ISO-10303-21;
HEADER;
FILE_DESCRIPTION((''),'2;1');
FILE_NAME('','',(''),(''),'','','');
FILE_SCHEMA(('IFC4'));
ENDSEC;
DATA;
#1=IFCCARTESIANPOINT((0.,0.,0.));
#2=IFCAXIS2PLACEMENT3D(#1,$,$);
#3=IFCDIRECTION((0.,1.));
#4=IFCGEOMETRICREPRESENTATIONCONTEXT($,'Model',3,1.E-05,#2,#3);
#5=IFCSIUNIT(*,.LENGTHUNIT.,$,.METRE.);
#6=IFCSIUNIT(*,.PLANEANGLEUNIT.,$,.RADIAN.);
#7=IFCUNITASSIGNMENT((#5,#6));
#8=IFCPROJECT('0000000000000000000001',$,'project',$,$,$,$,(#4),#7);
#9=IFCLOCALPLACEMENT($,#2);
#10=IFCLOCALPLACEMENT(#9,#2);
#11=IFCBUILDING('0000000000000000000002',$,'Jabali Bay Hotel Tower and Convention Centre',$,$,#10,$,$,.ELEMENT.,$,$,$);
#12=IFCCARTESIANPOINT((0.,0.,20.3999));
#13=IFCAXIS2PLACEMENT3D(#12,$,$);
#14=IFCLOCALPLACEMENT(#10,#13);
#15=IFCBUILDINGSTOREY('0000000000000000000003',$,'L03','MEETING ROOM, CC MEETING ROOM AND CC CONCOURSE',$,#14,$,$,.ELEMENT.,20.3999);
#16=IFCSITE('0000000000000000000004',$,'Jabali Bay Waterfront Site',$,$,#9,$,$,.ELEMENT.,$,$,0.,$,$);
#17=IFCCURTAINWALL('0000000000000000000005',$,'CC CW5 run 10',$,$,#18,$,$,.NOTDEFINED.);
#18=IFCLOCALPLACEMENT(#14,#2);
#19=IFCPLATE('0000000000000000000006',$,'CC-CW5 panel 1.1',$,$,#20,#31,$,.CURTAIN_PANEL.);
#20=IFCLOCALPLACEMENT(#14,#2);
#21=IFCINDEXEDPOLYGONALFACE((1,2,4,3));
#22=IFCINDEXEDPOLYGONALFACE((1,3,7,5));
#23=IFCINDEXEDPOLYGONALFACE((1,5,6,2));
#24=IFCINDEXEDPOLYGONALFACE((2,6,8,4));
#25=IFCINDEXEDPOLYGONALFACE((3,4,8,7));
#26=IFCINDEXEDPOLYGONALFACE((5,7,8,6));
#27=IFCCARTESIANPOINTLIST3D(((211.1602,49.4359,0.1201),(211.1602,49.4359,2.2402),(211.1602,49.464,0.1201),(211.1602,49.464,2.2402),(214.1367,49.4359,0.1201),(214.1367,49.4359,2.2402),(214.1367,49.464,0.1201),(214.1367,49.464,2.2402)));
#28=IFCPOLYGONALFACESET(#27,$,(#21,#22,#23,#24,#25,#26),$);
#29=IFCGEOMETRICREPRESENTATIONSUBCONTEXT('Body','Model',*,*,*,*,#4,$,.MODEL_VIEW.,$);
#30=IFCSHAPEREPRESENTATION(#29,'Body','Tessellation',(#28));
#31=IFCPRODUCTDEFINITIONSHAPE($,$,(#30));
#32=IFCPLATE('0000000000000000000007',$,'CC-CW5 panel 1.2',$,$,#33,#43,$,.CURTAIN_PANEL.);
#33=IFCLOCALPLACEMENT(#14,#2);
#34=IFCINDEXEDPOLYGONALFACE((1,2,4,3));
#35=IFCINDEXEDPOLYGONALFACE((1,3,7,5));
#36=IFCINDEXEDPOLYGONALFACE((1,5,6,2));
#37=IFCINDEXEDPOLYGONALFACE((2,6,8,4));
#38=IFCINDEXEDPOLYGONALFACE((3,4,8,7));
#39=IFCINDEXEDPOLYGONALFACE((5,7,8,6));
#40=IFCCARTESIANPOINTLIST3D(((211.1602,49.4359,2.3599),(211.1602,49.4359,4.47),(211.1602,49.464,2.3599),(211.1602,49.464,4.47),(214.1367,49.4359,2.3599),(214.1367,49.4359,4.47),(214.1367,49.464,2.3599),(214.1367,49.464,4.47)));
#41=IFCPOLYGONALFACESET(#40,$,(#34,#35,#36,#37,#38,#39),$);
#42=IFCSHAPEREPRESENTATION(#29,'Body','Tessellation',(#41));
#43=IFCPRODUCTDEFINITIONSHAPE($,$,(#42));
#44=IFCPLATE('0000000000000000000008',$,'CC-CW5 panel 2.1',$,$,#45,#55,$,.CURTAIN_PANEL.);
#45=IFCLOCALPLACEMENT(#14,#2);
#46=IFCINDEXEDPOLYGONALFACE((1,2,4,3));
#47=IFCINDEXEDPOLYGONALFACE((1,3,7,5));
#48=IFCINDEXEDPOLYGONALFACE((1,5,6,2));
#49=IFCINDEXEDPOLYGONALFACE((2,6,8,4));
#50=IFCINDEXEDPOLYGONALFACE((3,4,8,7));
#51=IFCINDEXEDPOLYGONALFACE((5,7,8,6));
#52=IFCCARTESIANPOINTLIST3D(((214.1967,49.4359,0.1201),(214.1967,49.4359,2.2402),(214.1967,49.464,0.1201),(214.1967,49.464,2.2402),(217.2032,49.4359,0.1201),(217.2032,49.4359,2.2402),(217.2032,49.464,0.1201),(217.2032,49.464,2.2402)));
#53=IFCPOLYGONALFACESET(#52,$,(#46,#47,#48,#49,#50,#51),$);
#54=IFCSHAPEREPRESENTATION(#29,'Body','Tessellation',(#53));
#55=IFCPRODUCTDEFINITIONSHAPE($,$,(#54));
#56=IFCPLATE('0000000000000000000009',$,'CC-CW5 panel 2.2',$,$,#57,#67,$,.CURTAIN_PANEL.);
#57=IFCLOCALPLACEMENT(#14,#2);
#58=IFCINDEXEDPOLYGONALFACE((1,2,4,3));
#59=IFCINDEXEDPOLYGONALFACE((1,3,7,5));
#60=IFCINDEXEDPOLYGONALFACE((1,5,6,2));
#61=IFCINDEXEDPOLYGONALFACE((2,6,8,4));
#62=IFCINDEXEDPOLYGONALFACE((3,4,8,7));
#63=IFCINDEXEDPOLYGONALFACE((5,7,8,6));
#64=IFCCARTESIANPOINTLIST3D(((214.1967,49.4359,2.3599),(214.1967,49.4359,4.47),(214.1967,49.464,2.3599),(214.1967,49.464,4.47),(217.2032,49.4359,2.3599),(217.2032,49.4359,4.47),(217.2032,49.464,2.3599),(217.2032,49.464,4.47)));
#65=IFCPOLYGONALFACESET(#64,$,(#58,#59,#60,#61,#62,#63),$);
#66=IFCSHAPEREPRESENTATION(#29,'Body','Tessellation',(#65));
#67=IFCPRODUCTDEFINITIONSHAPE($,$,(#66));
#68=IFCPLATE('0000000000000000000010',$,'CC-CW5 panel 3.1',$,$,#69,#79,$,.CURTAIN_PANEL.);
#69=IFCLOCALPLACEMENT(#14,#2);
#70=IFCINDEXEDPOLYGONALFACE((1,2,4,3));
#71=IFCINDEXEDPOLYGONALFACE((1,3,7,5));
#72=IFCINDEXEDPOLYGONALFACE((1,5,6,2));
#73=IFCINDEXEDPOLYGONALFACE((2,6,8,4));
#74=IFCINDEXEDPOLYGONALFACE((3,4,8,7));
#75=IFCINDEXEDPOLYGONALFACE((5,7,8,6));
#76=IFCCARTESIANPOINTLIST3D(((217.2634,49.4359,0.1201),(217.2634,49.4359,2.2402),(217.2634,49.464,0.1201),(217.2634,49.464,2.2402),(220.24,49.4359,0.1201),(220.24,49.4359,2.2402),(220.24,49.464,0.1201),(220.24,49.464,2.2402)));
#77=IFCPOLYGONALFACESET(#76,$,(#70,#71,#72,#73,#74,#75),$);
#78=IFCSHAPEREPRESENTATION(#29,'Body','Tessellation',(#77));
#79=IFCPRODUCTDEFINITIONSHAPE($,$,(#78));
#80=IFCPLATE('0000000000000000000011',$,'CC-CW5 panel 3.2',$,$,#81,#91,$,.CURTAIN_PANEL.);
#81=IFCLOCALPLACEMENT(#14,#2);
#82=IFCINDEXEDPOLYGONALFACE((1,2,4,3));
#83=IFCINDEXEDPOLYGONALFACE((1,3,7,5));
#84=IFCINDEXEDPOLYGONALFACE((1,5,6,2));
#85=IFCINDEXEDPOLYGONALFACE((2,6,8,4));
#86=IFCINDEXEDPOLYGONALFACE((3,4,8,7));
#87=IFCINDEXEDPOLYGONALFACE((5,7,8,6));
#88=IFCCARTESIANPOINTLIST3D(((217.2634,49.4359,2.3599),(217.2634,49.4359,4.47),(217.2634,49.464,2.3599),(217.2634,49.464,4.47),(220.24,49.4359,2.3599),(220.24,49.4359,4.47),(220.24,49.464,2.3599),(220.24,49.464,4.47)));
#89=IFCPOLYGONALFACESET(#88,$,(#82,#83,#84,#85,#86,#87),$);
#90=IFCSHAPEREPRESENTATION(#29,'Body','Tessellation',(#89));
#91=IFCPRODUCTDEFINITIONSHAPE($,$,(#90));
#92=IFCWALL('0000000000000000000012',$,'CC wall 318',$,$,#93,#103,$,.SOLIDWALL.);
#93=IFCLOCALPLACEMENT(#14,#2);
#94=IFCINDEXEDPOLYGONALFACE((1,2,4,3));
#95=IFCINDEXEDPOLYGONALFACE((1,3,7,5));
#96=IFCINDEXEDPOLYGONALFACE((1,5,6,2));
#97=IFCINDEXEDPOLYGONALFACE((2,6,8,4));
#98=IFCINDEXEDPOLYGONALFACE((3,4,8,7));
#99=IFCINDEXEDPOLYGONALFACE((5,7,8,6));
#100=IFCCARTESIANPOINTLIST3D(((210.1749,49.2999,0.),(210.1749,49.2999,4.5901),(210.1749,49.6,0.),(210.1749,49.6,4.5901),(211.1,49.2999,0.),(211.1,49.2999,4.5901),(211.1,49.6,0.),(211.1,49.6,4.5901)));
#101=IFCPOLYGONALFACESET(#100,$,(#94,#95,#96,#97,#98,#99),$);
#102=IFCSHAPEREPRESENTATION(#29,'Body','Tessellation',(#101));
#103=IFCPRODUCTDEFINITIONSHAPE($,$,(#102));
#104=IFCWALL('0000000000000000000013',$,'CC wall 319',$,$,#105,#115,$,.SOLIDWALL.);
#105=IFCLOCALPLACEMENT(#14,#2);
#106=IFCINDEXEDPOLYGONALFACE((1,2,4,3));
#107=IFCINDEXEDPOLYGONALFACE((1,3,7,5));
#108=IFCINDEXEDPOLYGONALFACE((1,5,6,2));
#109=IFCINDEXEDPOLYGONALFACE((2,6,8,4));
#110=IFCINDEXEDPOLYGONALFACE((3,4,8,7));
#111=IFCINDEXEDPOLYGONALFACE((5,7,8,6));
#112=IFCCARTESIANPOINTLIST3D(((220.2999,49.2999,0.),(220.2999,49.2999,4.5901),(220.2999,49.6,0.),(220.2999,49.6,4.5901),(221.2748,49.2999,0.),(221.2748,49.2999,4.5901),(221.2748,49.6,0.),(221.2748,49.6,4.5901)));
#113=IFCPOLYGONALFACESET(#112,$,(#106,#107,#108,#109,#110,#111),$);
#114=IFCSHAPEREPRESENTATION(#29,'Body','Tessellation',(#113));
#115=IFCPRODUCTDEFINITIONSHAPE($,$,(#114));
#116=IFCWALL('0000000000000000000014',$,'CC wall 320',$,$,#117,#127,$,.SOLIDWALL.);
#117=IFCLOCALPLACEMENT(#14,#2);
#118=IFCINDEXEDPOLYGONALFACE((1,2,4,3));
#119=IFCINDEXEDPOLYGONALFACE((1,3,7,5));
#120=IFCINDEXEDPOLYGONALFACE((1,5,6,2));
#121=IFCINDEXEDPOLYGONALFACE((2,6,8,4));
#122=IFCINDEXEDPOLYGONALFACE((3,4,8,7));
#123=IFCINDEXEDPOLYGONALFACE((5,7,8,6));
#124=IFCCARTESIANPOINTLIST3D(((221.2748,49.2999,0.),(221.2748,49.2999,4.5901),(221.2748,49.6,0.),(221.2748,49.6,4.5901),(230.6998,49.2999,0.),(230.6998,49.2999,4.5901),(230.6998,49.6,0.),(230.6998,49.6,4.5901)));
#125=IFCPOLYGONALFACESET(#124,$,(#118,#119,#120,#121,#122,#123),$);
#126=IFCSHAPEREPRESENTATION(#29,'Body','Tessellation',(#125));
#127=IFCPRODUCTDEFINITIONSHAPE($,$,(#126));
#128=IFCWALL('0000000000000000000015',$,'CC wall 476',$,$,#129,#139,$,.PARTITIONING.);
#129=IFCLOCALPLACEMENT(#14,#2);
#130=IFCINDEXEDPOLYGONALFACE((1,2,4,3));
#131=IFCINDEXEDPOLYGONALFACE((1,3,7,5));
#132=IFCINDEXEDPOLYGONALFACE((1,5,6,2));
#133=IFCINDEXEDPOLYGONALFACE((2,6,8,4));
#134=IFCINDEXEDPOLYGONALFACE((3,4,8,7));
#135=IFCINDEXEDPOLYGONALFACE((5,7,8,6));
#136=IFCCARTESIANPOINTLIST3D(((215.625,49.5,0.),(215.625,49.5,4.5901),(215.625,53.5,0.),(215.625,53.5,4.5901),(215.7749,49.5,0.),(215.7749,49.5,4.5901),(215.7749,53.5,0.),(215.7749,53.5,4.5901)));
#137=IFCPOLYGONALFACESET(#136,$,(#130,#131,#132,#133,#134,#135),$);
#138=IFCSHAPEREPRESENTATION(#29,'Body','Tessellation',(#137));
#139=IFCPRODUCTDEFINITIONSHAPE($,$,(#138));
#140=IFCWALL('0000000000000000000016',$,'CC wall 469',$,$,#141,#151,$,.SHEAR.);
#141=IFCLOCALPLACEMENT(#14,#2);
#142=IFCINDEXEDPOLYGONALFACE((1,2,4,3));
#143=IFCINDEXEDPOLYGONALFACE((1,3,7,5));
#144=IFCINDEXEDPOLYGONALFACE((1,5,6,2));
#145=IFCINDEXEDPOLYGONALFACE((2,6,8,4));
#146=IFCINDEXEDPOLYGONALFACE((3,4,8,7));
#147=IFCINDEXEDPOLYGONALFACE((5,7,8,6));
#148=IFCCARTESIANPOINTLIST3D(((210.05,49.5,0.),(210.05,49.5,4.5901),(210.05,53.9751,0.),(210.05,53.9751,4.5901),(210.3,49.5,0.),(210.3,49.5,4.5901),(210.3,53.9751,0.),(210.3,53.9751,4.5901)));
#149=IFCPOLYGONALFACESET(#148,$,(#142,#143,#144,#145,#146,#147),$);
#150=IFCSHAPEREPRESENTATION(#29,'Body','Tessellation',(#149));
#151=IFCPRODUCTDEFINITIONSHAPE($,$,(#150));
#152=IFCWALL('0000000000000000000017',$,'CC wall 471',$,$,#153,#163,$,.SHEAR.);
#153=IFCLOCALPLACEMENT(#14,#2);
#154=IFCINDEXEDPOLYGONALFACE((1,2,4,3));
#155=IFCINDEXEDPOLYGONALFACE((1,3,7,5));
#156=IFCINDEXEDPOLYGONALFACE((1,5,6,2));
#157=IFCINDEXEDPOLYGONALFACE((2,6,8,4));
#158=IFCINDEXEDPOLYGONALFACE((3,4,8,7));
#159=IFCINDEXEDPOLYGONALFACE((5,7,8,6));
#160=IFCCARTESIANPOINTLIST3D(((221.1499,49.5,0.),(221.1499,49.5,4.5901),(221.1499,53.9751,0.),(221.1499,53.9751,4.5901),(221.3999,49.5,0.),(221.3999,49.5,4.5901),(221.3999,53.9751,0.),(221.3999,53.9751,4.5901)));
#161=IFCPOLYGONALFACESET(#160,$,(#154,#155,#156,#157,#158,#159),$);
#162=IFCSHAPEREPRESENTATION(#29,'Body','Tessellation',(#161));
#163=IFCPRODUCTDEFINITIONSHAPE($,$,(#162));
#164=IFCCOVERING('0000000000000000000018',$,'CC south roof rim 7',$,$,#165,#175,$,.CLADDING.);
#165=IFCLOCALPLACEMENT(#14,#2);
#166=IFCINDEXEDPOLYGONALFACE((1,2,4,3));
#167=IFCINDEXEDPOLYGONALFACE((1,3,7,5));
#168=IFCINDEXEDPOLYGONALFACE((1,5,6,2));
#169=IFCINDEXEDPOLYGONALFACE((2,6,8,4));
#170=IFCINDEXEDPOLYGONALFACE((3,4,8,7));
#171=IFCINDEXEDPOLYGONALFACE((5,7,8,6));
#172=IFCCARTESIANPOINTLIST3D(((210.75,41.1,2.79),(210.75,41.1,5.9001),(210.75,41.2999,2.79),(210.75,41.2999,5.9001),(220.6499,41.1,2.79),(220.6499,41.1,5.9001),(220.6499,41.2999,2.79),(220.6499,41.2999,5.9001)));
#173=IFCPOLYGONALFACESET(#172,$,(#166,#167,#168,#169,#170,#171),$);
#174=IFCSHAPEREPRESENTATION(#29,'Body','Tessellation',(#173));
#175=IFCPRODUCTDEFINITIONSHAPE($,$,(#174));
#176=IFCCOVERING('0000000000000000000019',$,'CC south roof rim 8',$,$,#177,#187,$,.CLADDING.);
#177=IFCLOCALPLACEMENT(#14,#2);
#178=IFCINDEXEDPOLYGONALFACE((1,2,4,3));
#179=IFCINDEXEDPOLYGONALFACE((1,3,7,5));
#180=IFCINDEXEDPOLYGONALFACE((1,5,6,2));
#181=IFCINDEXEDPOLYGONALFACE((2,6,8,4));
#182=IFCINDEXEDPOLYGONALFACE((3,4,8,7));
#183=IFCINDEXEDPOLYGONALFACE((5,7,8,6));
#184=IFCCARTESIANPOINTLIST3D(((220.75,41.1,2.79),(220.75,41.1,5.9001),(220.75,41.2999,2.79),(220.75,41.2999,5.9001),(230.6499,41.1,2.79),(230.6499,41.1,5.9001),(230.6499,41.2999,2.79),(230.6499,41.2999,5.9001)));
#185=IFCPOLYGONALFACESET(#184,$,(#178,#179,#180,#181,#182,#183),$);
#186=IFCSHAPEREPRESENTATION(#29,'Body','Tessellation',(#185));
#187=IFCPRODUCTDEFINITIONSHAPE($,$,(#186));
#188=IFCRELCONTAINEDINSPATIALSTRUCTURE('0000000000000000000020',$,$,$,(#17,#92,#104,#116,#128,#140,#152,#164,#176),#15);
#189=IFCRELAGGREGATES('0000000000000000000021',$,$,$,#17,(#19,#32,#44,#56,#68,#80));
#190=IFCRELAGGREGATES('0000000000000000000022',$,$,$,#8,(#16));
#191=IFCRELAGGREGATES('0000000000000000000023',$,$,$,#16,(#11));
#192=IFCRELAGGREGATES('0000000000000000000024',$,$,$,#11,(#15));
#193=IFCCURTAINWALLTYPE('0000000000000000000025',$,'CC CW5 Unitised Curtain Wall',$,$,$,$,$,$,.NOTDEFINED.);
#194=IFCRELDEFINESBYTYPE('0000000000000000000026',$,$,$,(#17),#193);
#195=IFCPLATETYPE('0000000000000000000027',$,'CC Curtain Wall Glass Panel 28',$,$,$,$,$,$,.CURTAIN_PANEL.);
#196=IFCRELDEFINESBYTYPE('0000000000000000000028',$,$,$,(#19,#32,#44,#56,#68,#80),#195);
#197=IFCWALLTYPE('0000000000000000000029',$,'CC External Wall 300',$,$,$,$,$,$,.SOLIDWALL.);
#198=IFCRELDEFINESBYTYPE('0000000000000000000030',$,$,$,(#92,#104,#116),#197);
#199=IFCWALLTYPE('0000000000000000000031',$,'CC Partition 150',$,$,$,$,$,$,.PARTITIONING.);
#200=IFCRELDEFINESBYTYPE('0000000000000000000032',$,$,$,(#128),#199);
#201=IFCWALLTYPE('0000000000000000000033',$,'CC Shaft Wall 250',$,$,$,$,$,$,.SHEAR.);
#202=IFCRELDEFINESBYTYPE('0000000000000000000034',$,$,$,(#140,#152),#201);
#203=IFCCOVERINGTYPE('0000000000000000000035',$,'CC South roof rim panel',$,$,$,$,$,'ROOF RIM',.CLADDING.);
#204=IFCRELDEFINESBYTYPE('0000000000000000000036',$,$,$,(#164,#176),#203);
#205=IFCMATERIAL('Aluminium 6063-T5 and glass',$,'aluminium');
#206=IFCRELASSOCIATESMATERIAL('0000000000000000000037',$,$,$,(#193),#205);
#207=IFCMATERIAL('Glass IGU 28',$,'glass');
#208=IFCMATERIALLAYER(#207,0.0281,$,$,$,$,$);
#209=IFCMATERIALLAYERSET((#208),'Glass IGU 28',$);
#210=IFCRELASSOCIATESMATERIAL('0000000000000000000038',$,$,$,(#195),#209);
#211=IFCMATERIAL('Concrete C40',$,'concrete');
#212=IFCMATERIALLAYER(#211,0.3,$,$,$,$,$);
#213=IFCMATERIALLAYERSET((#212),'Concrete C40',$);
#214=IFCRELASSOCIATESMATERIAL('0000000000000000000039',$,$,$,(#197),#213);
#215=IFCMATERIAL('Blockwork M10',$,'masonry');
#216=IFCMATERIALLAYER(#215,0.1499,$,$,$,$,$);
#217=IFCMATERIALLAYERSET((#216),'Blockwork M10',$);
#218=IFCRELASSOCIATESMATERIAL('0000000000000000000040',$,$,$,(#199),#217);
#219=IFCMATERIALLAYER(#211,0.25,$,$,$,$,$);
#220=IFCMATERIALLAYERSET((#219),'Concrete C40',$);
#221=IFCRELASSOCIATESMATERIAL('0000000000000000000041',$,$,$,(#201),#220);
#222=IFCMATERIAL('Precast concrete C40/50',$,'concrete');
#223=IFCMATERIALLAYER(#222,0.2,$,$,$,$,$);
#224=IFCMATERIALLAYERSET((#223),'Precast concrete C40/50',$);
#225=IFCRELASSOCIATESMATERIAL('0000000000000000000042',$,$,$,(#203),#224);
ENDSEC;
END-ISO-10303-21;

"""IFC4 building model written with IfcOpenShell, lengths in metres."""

from ifc_helpers import new_model, si_unit, direction, frame, frame_2d, origin, origin_2d, place, context, subcontext, project, spatial, rectangle, extrude, material, layer, layer_set, type_object, element, aggregate, save


model = new_model("IFC4")

# Units and contexts
model_context = context("Model", 3, precision=1e-05, world=origin(), true_north=direction((0.0, 1.0)))
body_context = subcontext(model_context, "Body", "Model", "MODEL_VIEW")
ifc_project = project(units=[si_unit("LENGTHUNIT", "METRE"), si_unit("PLANEANGLEUNIT", "RADIAN")], contexts=[model_context])

# Site, building, storey
site_placement = place(None, origin())
site = spatial("IfcSite", under=ifc_project, at=site_placement, Name="Jabali Bay Waterfront Site", CompositionType="ELEMENT", RefElevation=0.0)
building_placement = place(site_placement, origin())
building = spatial("IfcBuilding", under=site, at=building_placement, Name="Jabali Bay Hotel Tower and Convention Centre", CompositionType="ELEMENT")
storey_placement = place(building_placement, frame((0.0, 0.0, 20.3999)))
storey = spatial("IfcBuildingStorey", under=building, at=storey_placement, Name="L03", Description="MEETING ROOM, CC MEETING ROOM AND CC CONCOURSE", CompositionType="ELEMENT", Elevation=20.3999)

# Curtain wall, plates
ifc_material_1 = material(Name="Aluminium 6063-T5 and glass", Category="aluminium")
curtain_wall_type = type_object("IfcCurtainWallType", Name="CC CW5 Unitised Curtain Wall", PredefinedType="NOTDEFINED", material=ifc_material_1)
curtain_wall_placement = place(storey_placement, origin())
curtain_wall = element("IfcCurtainWall", 1, at=curtain_wall_placement, inside=storey, type_object=curtain_wall_type, Name="CC CW5 run 10", PredefinedType="NOTDEFINED")
ifc_material_2 = material(Name="Glass IGU 28", Category="glass")
ifc_layer_1 = layer(ifc_material_2, 0.0281)
ifc_layer_set_1 = layer_set([ifc_layer_1], Name="Glass IGU 28")
plate_type = type_object("IfcPlateType", Name="CC Curtain Wall Glass Panel 28", PredefinedType="CURTAIN_PANEL", material=ifc_layer_set_1)
plate_1_placement = place(storey_placement, frame((212.6484, 49.45, 0.1201), z_axis=(0.0, 0.0, 1.0), x_axis=(1.0, 0.0, 0.0)))
plate_1 = element("IfcPlate", 2, at=plate_1_placement, type_object=plate_type, Name="CC-CW5 panel 1.1", PredefinedType="CURTAIN_PANEL", context=body_context, shape_type="SweptSolid", body=[
    extrude(rectangle(XDim=2.9766, YDim=0.0281, at=origin_2d()), origin(), (0.0, 0.0, 1.0), 2.1201),
])
plate_2_placement = place(storey_placement, frame((212.6484, 49.45, 2.3599), z_axis=(0.0, 0.0, 1.0), x_axis=(1.0, 0.0, 0.0)))
plate_2 = element("IfcPlate", 3, at=plate_2_placement, type_object=plate_type, Name="CC-CW5 panel 1.2", PredefinedType="CURTAIN_PANEL", context=body_context, shape_type="SweptSolid", body=[
    extrude(rectangle(XDim=2.9766, YDim=0.0281, at=origin_2d()), origin(), (0.0, 0.0, 1.0), 2.1101),
])
plate_3_placement = place(storey_placement, frame((215.7, 49.45, 0.1201), z_axis=(0.0, 0.0, 1.0), x_axis=(1.0, 0.0, 0.0)))
plate_3 = element("IfcPlate", 4, at=plate_3_placement, type_object=plate_type, Name="CC-CW5 panel 2.1", PredefinedType="CURTAIN_PANEL", context=body_context, shape_type="SweptSolid", body=[
    extrude(rectangle(XDim=3.0066, YDim=0.0281, at=origin_2d()), origin(), (0.0, 0.0, 1.0), 2.1201),
])
plate_4_placement = place(storey_placement, frame((215.7, 49.45, 2.3599), z_axis=(0.0, 0.0, 1.0), x_axis=(1.0, 0.0, 0.0)))
plate_4 = element("IfcPlate", 5, at=plate_4_placement, type_object=plate_type, Name="CC-CW5 panel 2.2", PredefinedType="CURTAIN_PANEL", context=body_context, shape_type="SweptSolid", body=[
    extrude(rectangle(XDim=3.0066, YDim=0.0281, at=origin_2d()), origin(), (0.0, 0.0, 1.0), 2.1101),
])
plate_5_placement = place(storey_placement, frame((218.7517, 49.45, 0.1201), z_axis=(0.0, 0.0, 1.0), x_axis=(1.0, 0.0, 0.0)))
plate_5 = element("IfcPlate", 6, at=plate_5_placement, type_object=plate_type, Name="CC-CW5 panel 3.1", PredefinedType="CURTAIN_PANEL", context=body_context, shape_type="SweptSolid", body=[
    extrude(rectangle(XDim=2.9766, YDim=0.0281, at=origin_2d()), origin(), (0.0, 0.0, 1.0), 2.1201),
])
plate_6_placement = place(storey_placement, frame((218.7517, 49.45, 2.3599), z_axis=(0.0, 0.0, 1.0), x_axis=(1.0, 0.0, 0.0)))
plate_6 = element("IfcPlate", 7, at=plate_6_placement, type_object=plate_type, Name="CC-CW5 panel 3.2", PredefinedType="CURTAIN_PANEL", context=body_context, shape_type="SweptSolid", body=[
    extrude(rectangle(XDim=2.9766, YDim=0.0281, at=origin_2d()), origin(), (0.0, 0.0, 1.0), 2.1101),
])
aggregate(curtain_wall, [plate_1, plate_2, plate_3, plate_4, plate_5, plate_6])

# Walls
ifc_material_3 = material(Name="Concrete C40", Category="concrete")
ifc_layer_2 = layer(ifc_material_3, 0.3)
ifc_layer_set_2 = layer_set([ifc_layer_2], Name="Concrete C40")
wall_type_1 = type_object("IfcWallType", Name="CC External Wall 300", PredefinedType="SOLIDWALL", material=ifc_layer_set_2)
wall_1_placement = place(storey_placement, frame((210.175, 49.45, 0.0), z_axis=(0.0, 0.0, 1.0), x_axis=(1.0, 0.0, 0.0)))
element("IfcWall", 8, at=wall_1_placement, inside=storey, type_object=wall_type_1, Name="CC wall 318", PredefinedType="SOLIDWALL", context=body_context, shape_type="SweptSolid", body=[
    extrude(rectangle(XDim=0.925, YDim=0.3, at=frame_2d((0.4624, 0.0))), origin(), (0.0, 0.0, 1.0), 4.5901),
])
wall_2_placement = place(storey_placement, frame((220.3, 49.45, 0.0), z_axis=(0.0, 0.0, 1.0), x_axis=(1.0, 0.0, 0.0)))
element("IfcWall", 9, at=wall_2_placement, inside=storey, type_object=wall_type_1, Name="CC wall 319", PredefinedType="SOLIDWALL", context=body_context, shape_type="SweptSolid", body=[
    extrude(rectangle(XDim=0.9749, YDim=0.3, at=frame_2d((0.4873, 0.0))), origin(), (0.0, 0.0, 1.0), 4.5901),
])
wall_3_placement = place(storey_placement, frame((221.2749, 49.45, 0.0), z_axis=(0.0, 0.0, 1.0), x_axis=(1.0, 0.0, 0.0)))
element("IfcWall", 10, at=wall_3_placement, inside=storey, type_object=wall_type_1, Name="CC wall 320", PredefinedType="SOLIDWALL", context=body_context, shape_type="SweptSolid", body=[
    extrude(rectangle(XDim=9.425, YDim=0.3, at=frame_2d((4.7124, 0.0))), origin(), (0.0, 0.0, 1.0), 4.5901),
])
ifc_material_4 = material(Name="Blockwork M10", Category="masonry")
ifc_layer_3 = layer(ifc_material_4, 0.1499)
ifc_layer_set_3 = layer_set([ifc_layer_3], Name="Blockwork M10")
wall_type_2 = type_object("IfcWallType", Name="CC Partition 150", PredefinedType="PARTITIONING", material=ifc_layer_set_3)
wall_4_placement = place(storey_placement, frame((215.7, 49.5, 0.0), z_axis=(0.0, 0.0, 1.0), x_axis=(0.0, 1.0, 0.0)))
element("IfcWall", 11, at=wall_4_placement, inside=storey, type_object=wall_type_2, Name="CC wall 476", PredefinedType="PARTITIONING", context=body_context, shape_type="SweptSolid", body=[
    extrude(rectangle(XDim=4.0, YDim=0.1499, at=frame_2d((2.0, 0.0))), origin(), (0.0, 0.0, 1.0), 4.5901),
])
ifc_layer_4 = layer(ifc_material_3, 0.25)
ifc_layer_set_4 = layer_set([ifc_layer_4], Name="Concrete C40")
wall_type_3 = type_object("IfcWallType", Name="CC Shaft Wall 250", PredefinedType="SHEAR", material=ifc_layer_set_4)
for number, where, z_axis, x_axis, name in (
    (12, (210.175, 49.5, 0.0), (0.0, 0.0, 1.0), (0.0, 1.0, 0.0), "CC wall 469"),
    (13, (221.2749, 49.5, 0.0), (0.0, 0.0, 1.0), (0.0, 1.0, 0.0), "CC wall 471"),
):
    element("IfcWall", number, at=place(storey_placement, frame(where, z_axis=z_axis, x_axis=x_axis)), inside=storey, type_object=wall_type_3, Name=name, PredefinedType="SHEAR", context=body_context, shape_type="SweptSolid", body=[
        extrude(rectangle(XDim=4.4751, YDim=0.25, at=frame_2d((2.2375, 0.0))), origin(), (0.0, 0.0, 1.0), 4.5901),
    ])

# Coverings
ifc_material_5 = material(Name="Precast concrete C40/50", Category="concrete")
ifc_layer_5 = layer(ifc_material_5, 0.2)
ifc_layer_set_5 = layer_set([ifc_layer_5], Name="Precast concrete C40/50")
covering_type = type_object("IfcCoveringType", Name="CC South roof rim panel", ElementType="ROOF RIM", PredefinedType="CLADDING", material=ifc_layer_set_5)
for number, where, z_axis, x_axis, name in (
    (14, (215.7, 41.2, 2.79), (0.0, 0.0, 1.0), (1.0, 0.0, 0.0), "CC south roof rim 7"),
    (15, (225.7, 41.2, 2.79), (0.0, 0.0, 1.0), (1.0, 0.0, 0.0), "CC south roof rim 8"),
):
    element("IfcCovering", number, at=place(storey_placement, frame(where, z_axis=z_axis, x_axis=x_axis)), inside=storey, type_object=covering_type, Name=name, PredefinedType="CLADDING", context=body_context, shape_type="SweptSolid", body=[
        extrude(rectangle(XDim=9.8999, YDim=0.2, at=origin_2d()), origin(), (0.0, 0.0, 1.0), 3.1101),
    ])

save(model, "model.ifc")
